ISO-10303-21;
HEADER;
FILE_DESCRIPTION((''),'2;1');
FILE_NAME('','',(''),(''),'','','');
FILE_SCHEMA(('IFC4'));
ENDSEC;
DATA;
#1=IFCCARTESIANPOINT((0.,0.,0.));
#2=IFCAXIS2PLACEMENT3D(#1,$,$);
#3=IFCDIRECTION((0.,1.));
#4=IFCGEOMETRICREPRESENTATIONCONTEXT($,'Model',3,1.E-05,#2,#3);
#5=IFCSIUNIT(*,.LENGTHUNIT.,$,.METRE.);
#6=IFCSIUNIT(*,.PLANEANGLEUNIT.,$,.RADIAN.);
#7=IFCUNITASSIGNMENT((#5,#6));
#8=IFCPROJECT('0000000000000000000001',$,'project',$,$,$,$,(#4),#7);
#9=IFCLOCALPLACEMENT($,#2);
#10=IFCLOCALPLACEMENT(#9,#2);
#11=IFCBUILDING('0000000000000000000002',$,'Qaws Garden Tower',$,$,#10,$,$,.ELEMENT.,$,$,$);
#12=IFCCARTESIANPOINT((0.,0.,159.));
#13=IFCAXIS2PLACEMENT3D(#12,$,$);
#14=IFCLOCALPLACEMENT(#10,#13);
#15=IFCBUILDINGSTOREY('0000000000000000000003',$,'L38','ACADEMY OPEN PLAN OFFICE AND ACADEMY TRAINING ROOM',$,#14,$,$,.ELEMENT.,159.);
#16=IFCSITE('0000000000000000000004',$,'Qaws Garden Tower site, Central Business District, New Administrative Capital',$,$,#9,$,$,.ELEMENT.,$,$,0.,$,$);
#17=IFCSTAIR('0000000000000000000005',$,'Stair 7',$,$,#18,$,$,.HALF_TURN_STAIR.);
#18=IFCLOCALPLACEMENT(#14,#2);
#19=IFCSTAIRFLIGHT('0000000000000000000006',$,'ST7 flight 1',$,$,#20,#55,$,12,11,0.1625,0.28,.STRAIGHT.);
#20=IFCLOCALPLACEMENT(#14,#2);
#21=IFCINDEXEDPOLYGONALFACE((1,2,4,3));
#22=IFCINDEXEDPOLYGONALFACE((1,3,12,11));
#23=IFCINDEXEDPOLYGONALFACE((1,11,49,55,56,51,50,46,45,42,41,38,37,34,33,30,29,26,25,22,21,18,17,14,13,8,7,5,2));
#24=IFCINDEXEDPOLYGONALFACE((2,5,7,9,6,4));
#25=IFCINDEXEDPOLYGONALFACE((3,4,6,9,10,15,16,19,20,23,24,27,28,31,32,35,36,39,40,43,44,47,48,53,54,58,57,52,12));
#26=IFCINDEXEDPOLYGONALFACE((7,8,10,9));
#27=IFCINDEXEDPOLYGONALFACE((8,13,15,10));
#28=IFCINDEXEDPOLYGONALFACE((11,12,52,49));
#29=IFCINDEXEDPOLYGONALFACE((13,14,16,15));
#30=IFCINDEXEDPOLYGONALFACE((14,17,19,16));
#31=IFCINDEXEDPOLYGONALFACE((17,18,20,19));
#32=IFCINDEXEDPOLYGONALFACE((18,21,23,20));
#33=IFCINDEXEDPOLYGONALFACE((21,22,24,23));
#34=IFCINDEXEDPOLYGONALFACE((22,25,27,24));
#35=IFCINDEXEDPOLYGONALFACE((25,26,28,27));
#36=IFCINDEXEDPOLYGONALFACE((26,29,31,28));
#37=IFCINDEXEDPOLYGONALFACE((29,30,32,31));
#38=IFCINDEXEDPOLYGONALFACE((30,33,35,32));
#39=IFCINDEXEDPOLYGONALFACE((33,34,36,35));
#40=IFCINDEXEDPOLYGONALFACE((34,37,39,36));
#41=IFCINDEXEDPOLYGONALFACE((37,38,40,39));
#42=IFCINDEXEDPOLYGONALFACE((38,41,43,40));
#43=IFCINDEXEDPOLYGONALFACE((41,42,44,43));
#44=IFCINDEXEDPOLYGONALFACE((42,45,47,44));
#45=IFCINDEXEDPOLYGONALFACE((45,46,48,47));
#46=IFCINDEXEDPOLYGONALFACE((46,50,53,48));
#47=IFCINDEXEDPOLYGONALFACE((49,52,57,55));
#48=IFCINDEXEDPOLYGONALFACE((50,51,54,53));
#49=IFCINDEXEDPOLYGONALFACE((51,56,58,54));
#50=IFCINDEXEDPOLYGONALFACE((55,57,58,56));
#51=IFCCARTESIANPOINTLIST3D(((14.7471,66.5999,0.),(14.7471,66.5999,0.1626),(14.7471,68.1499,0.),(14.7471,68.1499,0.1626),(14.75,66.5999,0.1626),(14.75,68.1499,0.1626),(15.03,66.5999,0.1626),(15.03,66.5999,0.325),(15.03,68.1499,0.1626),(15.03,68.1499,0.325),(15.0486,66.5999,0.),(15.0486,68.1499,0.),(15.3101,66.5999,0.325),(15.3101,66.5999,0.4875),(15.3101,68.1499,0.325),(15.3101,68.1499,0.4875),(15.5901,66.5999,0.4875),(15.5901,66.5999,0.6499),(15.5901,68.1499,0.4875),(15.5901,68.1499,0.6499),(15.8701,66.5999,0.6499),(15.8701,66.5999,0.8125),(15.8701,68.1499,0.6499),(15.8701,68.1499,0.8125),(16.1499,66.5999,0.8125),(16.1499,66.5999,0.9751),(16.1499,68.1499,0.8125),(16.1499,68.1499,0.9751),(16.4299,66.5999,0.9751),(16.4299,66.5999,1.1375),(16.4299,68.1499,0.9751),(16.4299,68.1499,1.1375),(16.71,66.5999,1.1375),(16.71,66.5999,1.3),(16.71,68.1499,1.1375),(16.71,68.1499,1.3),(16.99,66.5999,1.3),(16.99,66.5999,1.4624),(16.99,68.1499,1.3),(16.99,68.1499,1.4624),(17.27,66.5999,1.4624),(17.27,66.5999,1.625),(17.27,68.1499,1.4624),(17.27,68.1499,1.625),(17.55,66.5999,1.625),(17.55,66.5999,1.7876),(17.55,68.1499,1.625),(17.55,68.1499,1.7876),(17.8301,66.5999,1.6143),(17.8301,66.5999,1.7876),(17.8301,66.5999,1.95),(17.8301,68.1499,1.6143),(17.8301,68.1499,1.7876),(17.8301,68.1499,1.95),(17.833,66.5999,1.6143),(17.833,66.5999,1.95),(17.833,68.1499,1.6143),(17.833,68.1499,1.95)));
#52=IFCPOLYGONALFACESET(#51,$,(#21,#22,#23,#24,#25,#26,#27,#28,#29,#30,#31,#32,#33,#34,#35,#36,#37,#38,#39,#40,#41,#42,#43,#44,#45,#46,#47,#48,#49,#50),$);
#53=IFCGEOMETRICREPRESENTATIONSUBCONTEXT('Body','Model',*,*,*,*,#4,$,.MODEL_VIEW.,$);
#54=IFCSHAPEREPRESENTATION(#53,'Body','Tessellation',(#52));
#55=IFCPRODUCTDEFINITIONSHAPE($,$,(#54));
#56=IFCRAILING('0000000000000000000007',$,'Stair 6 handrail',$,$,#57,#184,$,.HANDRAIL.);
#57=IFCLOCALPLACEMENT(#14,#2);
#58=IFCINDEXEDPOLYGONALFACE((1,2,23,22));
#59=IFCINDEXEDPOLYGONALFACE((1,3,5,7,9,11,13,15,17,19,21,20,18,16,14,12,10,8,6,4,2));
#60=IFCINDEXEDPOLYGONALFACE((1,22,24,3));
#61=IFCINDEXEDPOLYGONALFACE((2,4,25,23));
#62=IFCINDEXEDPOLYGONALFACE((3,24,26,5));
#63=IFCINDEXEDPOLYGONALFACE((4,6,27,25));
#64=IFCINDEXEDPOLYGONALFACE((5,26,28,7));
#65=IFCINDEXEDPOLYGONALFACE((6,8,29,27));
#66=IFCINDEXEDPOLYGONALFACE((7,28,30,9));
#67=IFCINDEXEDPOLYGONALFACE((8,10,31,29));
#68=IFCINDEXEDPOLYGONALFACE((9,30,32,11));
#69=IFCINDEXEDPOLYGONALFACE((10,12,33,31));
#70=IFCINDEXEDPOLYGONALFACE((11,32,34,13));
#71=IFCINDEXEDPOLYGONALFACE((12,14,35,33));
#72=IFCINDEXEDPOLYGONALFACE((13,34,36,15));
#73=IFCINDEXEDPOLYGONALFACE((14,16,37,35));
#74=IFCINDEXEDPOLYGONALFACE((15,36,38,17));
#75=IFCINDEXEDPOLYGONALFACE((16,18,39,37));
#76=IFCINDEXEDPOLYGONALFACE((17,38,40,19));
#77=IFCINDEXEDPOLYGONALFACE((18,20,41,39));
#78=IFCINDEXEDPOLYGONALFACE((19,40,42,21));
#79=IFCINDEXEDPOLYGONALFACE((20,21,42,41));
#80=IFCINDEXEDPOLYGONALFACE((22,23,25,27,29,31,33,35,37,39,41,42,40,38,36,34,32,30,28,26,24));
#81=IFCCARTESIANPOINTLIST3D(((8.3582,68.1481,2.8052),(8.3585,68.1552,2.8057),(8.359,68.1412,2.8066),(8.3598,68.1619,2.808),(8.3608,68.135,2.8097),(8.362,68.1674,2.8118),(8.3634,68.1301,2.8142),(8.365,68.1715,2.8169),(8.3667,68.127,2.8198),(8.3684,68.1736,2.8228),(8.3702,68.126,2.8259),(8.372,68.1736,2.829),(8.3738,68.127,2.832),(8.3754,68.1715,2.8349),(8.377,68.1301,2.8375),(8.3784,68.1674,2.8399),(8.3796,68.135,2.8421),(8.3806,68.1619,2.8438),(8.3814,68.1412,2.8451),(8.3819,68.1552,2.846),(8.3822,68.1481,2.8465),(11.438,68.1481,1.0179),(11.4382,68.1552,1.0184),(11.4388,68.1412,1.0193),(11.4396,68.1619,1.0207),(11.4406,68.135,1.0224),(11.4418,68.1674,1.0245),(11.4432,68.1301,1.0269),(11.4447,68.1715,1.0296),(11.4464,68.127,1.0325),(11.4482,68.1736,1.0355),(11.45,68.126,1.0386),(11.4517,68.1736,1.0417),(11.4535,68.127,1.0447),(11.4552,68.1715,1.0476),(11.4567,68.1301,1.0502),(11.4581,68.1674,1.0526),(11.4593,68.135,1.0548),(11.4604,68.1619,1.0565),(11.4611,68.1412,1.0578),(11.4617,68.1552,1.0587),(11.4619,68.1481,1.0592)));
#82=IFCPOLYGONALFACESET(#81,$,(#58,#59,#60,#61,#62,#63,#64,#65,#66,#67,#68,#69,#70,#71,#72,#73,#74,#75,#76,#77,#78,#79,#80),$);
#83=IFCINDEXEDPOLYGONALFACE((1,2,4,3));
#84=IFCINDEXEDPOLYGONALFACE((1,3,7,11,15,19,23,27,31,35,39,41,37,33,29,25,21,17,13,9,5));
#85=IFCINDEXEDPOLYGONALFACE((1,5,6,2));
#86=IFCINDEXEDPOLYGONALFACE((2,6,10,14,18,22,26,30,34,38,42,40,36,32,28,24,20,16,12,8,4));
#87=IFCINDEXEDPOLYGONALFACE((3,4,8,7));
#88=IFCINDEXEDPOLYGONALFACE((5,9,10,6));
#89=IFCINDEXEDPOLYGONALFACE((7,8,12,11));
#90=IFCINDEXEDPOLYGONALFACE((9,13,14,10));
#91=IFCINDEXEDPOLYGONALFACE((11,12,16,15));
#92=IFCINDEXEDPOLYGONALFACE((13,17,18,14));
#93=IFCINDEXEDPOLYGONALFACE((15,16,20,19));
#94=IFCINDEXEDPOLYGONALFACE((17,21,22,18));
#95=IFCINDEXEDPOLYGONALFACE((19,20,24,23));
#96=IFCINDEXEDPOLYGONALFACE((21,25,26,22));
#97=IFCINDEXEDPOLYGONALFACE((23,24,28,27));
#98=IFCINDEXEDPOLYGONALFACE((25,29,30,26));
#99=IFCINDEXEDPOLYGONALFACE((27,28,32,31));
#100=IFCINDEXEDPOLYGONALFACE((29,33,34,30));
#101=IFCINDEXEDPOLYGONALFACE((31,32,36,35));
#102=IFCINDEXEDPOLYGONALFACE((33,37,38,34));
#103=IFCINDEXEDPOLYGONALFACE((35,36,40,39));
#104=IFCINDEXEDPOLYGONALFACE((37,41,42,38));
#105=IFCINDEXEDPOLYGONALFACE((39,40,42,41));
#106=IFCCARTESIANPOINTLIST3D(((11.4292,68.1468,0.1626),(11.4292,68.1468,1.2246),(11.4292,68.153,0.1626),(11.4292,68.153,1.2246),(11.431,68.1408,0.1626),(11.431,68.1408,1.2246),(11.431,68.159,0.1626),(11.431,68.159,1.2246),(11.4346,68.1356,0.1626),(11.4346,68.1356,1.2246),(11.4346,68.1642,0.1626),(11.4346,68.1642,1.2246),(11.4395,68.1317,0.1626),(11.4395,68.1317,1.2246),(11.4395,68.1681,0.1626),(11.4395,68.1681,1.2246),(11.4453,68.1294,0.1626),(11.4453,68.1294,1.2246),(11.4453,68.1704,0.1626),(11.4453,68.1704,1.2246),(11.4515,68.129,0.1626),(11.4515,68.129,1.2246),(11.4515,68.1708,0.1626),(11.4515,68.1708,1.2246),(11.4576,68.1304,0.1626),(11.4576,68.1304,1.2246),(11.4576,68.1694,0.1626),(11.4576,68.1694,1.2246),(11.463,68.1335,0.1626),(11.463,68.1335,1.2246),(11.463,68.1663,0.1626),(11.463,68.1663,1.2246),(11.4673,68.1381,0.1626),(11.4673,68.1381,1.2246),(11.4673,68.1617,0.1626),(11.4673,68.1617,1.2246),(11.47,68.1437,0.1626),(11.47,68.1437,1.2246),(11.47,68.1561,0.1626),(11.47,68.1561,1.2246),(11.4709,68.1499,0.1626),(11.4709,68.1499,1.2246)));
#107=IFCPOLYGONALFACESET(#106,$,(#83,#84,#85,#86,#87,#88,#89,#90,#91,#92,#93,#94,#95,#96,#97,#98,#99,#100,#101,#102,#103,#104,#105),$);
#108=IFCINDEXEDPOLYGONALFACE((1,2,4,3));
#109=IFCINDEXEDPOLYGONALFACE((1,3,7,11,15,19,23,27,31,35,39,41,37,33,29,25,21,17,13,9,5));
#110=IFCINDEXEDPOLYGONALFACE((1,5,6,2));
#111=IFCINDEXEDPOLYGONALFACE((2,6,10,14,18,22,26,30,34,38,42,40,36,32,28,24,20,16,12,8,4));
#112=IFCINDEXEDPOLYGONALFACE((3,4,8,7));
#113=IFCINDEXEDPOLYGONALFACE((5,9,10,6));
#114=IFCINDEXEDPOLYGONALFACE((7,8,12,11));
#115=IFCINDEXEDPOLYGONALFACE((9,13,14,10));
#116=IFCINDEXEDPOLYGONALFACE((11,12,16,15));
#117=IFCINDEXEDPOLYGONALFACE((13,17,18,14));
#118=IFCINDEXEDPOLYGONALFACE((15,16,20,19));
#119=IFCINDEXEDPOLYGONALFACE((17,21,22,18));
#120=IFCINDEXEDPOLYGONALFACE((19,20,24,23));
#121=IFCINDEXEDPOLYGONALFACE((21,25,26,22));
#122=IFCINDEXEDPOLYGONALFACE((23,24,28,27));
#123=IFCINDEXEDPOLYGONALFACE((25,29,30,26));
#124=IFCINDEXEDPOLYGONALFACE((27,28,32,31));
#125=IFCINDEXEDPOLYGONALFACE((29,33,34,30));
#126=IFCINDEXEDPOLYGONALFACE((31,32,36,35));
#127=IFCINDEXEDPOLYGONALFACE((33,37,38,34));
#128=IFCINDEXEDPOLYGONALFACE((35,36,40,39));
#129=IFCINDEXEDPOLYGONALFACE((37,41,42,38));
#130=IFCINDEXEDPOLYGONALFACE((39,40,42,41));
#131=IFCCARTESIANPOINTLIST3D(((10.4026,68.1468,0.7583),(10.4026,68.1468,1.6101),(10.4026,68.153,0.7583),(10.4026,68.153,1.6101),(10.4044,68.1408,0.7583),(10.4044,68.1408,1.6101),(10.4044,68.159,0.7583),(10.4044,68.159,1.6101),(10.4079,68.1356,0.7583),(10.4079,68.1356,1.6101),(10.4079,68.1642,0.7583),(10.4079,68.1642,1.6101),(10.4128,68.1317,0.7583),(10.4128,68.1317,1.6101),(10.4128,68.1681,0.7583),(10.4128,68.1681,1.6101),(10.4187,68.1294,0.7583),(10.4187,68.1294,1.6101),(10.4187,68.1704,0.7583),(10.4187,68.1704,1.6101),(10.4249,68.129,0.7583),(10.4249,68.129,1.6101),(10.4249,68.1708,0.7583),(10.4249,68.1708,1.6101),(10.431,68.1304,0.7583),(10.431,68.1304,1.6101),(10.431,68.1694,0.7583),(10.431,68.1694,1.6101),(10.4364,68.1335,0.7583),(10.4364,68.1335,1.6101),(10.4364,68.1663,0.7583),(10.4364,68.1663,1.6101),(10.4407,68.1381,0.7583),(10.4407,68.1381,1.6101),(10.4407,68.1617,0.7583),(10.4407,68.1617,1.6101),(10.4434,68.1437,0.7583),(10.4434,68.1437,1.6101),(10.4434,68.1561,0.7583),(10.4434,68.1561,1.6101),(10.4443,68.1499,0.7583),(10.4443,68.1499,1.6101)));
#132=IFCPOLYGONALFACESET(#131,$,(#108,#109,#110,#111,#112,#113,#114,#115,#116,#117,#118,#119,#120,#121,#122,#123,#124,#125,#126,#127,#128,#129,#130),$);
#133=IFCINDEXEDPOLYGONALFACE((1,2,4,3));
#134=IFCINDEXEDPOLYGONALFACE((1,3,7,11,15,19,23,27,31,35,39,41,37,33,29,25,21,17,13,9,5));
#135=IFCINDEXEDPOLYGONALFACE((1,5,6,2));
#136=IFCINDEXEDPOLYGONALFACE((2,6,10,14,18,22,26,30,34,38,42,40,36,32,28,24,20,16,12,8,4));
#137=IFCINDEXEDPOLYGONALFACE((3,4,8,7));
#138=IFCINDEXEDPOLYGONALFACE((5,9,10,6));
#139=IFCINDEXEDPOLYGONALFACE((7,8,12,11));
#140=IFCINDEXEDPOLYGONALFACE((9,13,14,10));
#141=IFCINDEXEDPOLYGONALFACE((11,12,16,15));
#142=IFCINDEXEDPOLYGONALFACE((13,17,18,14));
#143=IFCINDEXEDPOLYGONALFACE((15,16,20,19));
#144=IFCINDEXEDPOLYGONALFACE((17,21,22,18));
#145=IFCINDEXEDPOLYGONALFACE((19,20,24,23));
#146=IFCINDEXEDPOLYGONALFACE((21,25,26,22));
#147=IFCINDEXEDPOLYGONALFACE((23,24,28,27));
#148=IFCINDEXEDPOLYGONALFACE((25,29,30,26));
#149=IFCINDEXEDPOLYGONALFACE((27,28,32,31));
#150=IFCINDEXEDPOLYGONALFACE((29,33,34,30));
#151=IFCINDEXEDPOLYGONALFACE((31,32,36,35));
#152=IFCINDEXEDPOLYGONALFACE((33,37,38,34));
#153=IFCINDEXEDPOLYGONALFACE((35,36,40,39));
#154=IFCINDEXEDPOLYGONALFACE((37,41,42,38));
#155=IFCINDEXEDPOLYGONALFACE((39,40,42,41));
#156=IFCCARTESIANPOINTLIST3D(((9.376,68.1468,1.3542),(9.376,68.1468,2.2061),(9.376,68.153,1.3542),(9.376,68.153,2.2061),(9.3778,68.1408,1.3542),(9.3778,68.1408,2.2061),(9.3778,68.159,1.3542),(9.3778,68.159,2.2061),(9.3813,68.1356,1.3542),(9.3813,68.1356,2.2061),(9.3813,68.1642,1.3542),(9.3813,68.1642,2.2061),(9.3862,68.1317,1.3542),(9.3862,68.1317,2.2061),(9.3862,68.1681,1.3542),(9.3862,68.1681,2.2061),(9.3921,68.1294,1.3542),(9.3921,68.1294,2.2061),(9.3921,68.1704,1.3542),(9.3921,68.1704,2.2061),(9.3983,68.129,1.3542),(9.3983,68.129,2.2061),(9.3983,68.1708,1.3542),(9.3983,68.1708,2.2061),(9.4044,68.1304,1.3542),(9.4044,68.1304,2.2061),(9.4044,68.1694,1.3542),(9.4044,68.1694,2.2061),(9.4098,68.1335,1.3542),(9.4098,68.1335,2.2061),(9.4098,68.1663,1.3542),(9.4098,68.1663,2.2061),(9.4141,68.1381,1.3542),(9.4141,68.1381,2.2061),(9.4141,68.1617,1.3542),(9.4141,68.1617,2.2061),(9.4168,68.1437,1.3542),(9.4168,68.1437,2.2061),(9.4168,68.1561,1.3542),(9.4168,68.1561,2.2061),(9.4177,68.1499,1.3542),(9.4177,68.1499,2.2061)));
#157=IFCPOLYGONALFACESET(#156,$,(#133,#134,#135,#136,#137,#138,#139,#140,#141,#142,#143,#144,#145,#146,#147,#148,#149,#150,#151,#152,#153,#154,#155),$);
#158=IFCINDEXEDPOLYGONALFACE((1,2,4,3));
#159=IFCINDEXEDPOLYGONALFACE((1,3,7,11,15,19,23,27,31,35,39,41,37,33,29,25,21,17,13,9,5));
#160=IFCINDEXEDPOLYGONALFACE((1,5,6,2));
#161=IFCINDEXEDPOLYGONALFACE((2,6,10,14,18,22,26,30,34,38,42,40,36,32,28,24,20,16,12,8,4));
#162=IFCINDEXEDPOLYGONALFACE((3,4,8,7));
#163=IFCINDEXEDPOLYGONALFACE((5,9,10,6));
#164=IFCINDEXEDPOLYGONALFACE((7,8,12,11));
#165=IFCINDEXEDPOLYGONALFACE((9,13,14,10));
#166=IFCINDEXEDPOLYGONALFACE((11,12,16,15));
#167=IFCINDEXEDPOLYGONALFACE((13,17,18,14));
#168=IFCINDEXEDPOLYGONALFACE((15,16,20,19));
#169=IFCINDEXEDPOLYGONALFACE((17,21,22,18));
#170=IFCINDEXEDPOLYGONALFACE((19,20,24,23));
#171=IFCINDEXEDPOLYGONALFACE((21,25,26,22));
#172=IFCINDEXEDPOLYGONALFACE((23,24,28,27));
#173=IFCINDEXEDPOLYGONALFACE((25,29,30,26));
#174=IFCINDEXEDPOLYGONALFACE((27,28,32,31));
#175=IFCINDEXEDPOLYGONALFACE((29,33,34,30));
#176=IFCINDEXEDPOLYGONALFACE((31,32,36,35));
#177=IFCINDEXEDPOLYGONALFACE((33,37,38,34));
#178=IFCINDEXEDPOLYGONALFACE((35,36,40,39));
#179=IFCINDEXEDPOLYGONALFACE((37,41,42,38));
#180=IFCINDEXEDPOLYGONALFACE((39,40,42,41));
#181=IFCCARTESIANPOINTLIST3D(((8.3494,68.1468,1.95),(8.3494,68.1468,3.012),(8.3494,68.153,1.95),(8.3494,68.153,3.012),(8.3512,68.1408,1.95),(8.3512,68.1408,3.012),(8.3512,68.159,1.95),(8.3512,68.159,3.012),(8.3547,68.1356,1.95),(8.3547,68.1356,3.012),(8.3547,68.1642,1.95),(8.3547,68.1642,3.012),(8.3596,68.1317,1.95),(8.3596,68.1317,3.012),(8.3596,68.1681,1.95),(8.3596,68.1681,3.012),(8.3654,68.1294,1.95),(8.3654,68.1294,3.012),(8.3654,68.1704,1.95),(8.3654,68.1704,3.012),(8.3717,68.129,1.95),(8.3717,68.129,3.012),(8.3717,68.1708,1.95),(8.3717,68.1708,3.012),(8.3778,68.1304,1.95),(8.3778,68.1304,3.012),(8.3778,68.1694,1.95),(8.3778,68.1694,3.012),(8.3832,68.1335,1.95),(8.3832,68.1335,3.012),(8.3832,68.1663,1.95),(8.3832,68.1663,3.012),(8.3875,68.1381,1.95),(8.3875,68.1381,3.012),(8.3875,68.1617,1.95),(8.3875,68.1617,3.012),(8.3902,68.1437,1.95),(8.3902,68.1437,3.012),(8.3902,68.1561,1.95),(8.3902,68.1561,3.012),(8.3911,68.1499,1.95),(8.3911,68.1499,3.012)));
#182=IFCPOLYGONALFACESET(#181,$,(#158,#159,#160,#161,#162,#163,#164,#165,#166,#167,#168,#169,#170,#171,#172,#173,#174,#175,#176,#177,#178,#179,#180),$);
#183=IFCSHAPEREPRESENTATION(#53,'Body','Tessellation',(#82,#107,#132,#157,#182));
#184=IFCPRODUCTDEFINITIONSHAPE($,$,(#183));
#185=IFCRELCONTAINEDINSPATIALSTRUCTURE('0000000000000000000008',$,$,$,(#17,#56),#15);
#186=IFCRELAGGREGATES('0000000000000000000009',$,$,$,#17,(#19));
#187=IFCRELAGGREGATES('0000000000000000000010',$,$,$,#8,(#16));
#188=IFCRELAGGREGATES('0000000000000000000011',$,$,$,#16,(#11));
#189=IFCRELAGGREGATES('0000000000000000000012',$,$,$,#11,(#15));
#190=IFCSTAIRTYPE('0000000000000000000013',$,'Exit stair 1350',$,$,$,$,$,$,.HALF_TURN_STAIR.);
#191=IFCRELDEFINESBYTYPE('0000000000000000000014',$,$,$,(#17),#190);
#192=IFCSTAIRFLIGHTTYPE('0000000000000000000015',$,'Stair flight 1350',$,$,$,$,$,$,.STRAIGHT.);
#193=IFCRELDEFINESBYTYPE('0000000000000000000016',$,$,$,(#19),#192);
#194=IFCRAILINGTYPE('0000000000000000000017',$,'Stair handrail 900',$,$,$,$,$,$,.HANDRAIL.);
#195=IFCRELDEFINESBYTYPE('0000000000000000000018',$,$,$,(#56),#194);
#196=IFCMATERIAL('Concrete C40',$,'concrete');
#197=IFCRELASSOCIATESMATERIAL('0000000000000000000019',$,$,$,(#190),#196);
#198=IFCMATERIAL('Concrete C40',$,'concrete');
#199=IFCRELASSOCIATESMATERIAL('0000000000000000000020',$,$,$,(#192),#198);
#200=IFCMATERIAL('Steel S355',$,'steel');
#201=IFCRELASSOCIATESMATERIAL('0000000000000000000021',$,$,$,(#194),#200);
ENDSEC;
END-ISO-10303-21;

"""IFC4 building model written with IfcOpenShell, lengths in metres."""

from ifc_helpers import new_model, si_unit, direction, frame, origin, origin_2d, place, context, subcontext, project, spatial, polyline, circle, outline, extrude, material, type_object, element, aggregate, save


model = new_model("IFC4")

# Units and contexts
model_context = context("Model", 3, precision=1e-05, world=origin(), true_north=direction((0.0, 1.0)))
body_context = subcontext(model_context, "Body", "Model", "MODEL_VIEW")
ifc_project = project(units=[si_unit("LENGTHUNIT", "METRE"), si_unit("PLANEANGLEUNIT", "RADIAN")], contexts=[model_context])

# Site, building, storey
site_placement = place(None, origin())
site = spatial("IfcSite", under=ifc_project, at=site_placement, Name="Qaws Garden Tower site, Central Business District, New Administrative Capital", CompositionType="ELEMENT", RefElevation=0.0)
building_placement = place(site_placement, origin())
building = spatial("IfcBuilding", under=site, at=building_placement, Name="Qaws Garden Tower", CompositionType="ELEMENT")
storey_placement = place(building_placement, frame((0.0, 0.0, 159.0)))
storey = spatial("IfcBuildingStorey", under=building, at=storey_placement, Name="L38", Description="ACADEMY OPEN PLAN OFFICE AND ACADEMY TRAINING ROOM", CompositionType="ELEMENT", Elevation=159.0)

# Shared definitions
ifc_material_1 = material(Name="Concrete C40", Category="concrete")
stair_type = type_object("IfcStairType", Name="Exit stair 1350", PredefinedType="HALF_TURN_STAIR", material=ifc_material_1)
placement = place(storey_placement, origin())
ifc_material_2 = material(Name="Concrete C40", Category="concrete")
stair_flight_type = type_object("IfcStairFlightType", Name="Stair flight 1350", PredefinedType="STRAIGHT", material=ifc_material_2)

# Stair, stair flight
stair_1 = element("IfcStair", 1, at=placement, inside=storey, type_object=stair_type, Name="Stair 7", PredefinedType="HALF_TURN_STAIR")
stair_flight_1_placement = place(storey_placement, frame((14.75, 67.375, 0.0), z_axis=(0.0, 0.0, 1.0), x_axis=(1.0, 0.0, 0.0)))
stair_flight_1 = element("IfcStairFlight", 2, at=stair_flight_1_placement, type_object=stair_flight_type, Name="ST7 flight 1", NumberOfRisers=12, NumberOfTreads=11, PredefinedType="STRAIGHT", RiserHeight=0.1625, TreadLength=0.28, context=body_context, shape_type="SweptSolid", body=[
    extrude(outline(polyline([(-0.0029, 0.0), (-0.0029, 0.1626), (0.0, 0.1626), (0.28, 0.1626), (0.28, 0.325), (0.5601, 0.325), (0.5601, 0.4875), (0.8401, 0.4875), (0.8401, 0.6499), (1.1201, 0.6499), (1.1201, 0.8125), (1.3999, 0.8125), (1.3999, 0.9751), (1.6799, 0.9751), (1.6799, 1.1375), (1.96, 1.1375), (1.96, 1.3), (2.24, 1.3), (2.24, 1.4624), (2.52, 1.4624), (2.52, 1.625), (2.8, 1.625), (2.8, 1.7876), (3.0801, 1.7876), (3.0801, 1.95), (3.083, 1.95), (3.083, 1.6143), (3.0801, 1.6143), (0.2986, 0.0), (-0.0029, 0.0)])), frame((0.0, 0.7749, 0.0), z_axis=(0.0, -1.0, 0.0), x_axis=(1.0, 0.0, 0.0)), (0.0, 0.0, 1.0), 1.55),
])
aggregate(stair_1, [stair_flight_1])

# Railing
ifc_material_3 = material(Name="Steel S355", Category="steel")
railing_type = type_object("IfcRailingType", Name="Stair handrail 900", PredefinedType="HANDRAIL", material=ifc_material_3)
railing_1_placement = place(storey_placement, frame((11.45, 68.1499, 0.1626)))
element("IfcRailing", 3, at=railing_1_placement, inside=storey, type_object=railing_type, Name="Stair 6 handrail", PredefinedType="HANDRAIL", context=body_context, shape_type="SweptSolid", body=[
    extrude(circle(Radius=0.0239, at=origin_2d()), frame((0.0, 0.0, 0.876), z_axis=(-0.864903, 0.0, 0.501939), x_axis=(0.0, -1.0, 0.0)), (0.0, 0.0, 1.0), 3.5608),
    extrude(circle(Radius=0.021, at=origin_2d()), origin(), (0.0, 0.0, 1.0), 1.062),
    extrude(circle(Radius=0.021, at=origin_2d()), frame((-1.0266, 0.0, 0.5957)), (0.0, 0.0, 1.0), 0.8518),
    extrude(circle(Radius=0.021, at=origin_2d()), frame((-2.0532, 0.0, 1.1917)), (0.0, 0.0, 1.0), 0.8518),
    extrude(circle(Radius=0.021, at=origin_2d()), frame((-3.0798, 0.0, 1.7874)), (0.0, 0.0, 1.0), 1.062),
])

save(model, "model.ifc")
